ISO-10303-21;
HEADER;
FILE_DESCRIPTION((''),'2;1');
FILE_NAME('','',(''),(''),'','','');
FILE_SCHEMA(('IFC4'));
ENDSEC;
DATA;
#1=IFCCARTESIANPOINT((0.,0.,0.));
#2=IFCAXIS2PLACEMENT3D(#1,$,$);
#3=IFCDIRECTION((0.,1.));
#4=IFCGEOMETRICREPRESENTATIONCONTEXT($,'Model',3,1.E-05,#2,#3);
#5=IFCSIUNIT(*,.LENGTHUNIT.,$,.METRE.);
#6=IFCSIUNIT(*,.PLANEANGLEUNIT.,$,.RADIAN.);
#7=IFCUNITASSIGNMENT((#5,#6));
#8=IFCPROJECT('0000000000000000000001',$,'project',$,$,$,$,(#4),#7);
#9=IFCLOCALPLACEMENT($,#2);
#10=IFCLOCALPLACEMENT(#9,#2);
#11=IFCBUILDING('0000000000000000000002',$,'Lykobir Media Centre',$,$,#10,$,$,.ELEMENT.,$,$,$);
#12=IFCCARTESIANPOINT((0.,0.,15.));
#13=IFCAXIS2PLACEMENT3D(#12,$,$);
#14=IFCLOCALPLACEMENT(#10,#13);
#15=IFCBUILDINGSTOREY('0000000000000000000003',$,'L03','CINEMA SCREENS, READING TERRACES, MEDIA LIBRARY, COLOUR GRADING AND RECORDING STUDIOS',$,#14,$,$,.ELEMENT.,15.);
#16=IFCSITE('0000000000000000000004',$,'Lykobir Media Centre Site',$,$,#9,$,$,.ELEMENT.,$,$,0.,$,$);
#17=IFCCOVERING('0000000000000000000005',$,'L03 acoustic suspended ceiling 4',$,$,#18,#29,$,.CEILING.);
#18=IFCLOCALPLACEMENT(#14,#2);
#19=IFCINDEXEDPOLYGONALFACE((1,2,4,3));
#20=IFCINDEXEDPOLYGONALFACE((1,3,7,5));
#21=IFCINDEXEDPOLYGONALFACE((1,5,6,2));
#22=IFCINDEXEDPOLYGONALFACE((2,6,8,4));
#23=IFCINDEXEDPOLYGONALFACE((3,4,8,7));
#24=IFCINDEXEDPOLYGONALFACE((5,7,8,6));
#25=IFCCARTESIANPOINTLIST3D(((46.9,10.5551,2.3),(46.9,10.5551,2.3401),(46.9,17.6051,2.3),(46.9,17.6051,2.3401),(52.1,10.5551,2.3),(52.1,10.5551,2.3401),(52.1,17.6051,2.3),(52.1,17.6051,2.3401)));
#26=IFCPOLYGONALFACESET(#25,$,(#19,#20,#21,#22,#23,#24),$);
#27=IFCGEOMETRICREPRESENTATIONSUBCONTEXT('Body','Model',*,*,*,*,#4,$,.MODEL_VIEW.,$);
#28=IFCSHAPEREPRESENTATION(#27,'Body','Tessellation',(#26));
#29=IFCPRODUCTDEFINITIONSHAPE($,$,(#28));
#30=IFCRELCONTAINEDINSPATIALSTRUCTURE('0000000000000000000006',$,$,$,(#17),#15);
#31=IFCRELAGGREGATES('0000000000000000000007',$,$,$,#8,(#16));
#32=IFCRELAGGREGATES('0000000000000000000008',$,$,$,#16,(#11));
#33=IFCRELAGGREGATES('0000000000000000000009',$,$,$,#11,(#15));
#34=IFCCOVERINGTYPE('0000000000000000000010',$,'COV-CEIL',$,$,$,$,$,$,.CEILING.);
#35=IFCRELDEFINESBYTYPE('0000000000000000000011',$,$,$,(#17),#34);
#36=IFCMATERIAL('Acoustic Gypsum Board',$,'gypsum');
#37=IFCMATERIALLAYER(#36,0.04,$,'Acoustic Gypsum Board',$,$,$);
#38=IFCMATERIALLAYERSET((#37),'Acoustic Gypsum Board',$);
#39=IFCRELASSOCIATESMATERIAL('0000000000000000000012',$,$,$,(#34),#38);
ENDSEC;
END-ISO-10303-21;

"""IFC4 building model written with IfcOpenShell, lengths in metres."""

from ifc_helpers import new_model, si_unit, direction, frame, origin, origin_2d, place, context, subcontext, project, spatial, rectangle, extrude, material, layer, layer_set, type_object, element, save


model = new_model("IFC4")

# Units and contexts
model_context = context("Model", 3, precision=1e-05, world=origin(), true_north=direction((0.0, 1.0)))
body_context = subcontext(model_context, "Body", "Model", "MODEL_VIEW")
ifc_project = project(units=[si_unit("LENGTHUNIT", "METRE"), si_unit("PLANEANGLEUNIT", "RADIAN")], contexts=[model_context])

# Site, building, storey
site_placement = place(None, origin())
site = spatial("IfcSite", under=ifc_project, at=site_placement, Name="Lykobir Media Centre Site", CompositionType="ELEMENT", RefElevation=0.0)
building_placement = place(site_placement, origin())
building = spatial("IfcBuilding", under=site, at=building_placement, Name="Lykobir Media Centre", CompositionType="ELEMENT")
storey_placement = place(building_placement, frame((0.0, 0.0, 15.0)))
storey = spatial("IfcBuildingStorey", under=building, at=storey_placement, Name="L03", Description="CINEMA SCREENS, READING TERRACES, MEDIA LIBRARY, COLOUR GRADING AND RECORDING STUDIOS", CompositionType="ELEMENT", Elevation=15.0)

# Covering
ifc_material_1 = material(Name="Acoustic Gypsum Board", Category="gypsum")
ifc_layer_1 = layer(ifc_material_1, 0.04, Name="Acoustic Gypsum Board")
ifc_layer_set_1 = layer_set([ifc_layer_1], Name="Acoustic Gypsum Board")
covering_type = type_object("IfcCoveringType", Name="COV-CEIL", PredefinedType="CEILING", material=ifc_layer_set_1)
covering_placement = place(storey_placement, frame((49.5, 14.0801, 2.3), z_axis=(0.0, 0.0, 1.0), x_axis=(1.0, 0.0, 0.0)))
element("IfcCovering", 1, at=covering_placement, inside=storey, type_object=covering_type, Name="L03 acoustic suspended ceiling 4", PredefinedType="CEILING", context=body_context, shape_type="SweptSolid", body=[
    extrude(rectangle(XDim=5.2, YDim=7.05, at=origin_2d()), origin(), (0.0, 0.0, 1.0), 0.04),
])

save(model, "model.ifc")
